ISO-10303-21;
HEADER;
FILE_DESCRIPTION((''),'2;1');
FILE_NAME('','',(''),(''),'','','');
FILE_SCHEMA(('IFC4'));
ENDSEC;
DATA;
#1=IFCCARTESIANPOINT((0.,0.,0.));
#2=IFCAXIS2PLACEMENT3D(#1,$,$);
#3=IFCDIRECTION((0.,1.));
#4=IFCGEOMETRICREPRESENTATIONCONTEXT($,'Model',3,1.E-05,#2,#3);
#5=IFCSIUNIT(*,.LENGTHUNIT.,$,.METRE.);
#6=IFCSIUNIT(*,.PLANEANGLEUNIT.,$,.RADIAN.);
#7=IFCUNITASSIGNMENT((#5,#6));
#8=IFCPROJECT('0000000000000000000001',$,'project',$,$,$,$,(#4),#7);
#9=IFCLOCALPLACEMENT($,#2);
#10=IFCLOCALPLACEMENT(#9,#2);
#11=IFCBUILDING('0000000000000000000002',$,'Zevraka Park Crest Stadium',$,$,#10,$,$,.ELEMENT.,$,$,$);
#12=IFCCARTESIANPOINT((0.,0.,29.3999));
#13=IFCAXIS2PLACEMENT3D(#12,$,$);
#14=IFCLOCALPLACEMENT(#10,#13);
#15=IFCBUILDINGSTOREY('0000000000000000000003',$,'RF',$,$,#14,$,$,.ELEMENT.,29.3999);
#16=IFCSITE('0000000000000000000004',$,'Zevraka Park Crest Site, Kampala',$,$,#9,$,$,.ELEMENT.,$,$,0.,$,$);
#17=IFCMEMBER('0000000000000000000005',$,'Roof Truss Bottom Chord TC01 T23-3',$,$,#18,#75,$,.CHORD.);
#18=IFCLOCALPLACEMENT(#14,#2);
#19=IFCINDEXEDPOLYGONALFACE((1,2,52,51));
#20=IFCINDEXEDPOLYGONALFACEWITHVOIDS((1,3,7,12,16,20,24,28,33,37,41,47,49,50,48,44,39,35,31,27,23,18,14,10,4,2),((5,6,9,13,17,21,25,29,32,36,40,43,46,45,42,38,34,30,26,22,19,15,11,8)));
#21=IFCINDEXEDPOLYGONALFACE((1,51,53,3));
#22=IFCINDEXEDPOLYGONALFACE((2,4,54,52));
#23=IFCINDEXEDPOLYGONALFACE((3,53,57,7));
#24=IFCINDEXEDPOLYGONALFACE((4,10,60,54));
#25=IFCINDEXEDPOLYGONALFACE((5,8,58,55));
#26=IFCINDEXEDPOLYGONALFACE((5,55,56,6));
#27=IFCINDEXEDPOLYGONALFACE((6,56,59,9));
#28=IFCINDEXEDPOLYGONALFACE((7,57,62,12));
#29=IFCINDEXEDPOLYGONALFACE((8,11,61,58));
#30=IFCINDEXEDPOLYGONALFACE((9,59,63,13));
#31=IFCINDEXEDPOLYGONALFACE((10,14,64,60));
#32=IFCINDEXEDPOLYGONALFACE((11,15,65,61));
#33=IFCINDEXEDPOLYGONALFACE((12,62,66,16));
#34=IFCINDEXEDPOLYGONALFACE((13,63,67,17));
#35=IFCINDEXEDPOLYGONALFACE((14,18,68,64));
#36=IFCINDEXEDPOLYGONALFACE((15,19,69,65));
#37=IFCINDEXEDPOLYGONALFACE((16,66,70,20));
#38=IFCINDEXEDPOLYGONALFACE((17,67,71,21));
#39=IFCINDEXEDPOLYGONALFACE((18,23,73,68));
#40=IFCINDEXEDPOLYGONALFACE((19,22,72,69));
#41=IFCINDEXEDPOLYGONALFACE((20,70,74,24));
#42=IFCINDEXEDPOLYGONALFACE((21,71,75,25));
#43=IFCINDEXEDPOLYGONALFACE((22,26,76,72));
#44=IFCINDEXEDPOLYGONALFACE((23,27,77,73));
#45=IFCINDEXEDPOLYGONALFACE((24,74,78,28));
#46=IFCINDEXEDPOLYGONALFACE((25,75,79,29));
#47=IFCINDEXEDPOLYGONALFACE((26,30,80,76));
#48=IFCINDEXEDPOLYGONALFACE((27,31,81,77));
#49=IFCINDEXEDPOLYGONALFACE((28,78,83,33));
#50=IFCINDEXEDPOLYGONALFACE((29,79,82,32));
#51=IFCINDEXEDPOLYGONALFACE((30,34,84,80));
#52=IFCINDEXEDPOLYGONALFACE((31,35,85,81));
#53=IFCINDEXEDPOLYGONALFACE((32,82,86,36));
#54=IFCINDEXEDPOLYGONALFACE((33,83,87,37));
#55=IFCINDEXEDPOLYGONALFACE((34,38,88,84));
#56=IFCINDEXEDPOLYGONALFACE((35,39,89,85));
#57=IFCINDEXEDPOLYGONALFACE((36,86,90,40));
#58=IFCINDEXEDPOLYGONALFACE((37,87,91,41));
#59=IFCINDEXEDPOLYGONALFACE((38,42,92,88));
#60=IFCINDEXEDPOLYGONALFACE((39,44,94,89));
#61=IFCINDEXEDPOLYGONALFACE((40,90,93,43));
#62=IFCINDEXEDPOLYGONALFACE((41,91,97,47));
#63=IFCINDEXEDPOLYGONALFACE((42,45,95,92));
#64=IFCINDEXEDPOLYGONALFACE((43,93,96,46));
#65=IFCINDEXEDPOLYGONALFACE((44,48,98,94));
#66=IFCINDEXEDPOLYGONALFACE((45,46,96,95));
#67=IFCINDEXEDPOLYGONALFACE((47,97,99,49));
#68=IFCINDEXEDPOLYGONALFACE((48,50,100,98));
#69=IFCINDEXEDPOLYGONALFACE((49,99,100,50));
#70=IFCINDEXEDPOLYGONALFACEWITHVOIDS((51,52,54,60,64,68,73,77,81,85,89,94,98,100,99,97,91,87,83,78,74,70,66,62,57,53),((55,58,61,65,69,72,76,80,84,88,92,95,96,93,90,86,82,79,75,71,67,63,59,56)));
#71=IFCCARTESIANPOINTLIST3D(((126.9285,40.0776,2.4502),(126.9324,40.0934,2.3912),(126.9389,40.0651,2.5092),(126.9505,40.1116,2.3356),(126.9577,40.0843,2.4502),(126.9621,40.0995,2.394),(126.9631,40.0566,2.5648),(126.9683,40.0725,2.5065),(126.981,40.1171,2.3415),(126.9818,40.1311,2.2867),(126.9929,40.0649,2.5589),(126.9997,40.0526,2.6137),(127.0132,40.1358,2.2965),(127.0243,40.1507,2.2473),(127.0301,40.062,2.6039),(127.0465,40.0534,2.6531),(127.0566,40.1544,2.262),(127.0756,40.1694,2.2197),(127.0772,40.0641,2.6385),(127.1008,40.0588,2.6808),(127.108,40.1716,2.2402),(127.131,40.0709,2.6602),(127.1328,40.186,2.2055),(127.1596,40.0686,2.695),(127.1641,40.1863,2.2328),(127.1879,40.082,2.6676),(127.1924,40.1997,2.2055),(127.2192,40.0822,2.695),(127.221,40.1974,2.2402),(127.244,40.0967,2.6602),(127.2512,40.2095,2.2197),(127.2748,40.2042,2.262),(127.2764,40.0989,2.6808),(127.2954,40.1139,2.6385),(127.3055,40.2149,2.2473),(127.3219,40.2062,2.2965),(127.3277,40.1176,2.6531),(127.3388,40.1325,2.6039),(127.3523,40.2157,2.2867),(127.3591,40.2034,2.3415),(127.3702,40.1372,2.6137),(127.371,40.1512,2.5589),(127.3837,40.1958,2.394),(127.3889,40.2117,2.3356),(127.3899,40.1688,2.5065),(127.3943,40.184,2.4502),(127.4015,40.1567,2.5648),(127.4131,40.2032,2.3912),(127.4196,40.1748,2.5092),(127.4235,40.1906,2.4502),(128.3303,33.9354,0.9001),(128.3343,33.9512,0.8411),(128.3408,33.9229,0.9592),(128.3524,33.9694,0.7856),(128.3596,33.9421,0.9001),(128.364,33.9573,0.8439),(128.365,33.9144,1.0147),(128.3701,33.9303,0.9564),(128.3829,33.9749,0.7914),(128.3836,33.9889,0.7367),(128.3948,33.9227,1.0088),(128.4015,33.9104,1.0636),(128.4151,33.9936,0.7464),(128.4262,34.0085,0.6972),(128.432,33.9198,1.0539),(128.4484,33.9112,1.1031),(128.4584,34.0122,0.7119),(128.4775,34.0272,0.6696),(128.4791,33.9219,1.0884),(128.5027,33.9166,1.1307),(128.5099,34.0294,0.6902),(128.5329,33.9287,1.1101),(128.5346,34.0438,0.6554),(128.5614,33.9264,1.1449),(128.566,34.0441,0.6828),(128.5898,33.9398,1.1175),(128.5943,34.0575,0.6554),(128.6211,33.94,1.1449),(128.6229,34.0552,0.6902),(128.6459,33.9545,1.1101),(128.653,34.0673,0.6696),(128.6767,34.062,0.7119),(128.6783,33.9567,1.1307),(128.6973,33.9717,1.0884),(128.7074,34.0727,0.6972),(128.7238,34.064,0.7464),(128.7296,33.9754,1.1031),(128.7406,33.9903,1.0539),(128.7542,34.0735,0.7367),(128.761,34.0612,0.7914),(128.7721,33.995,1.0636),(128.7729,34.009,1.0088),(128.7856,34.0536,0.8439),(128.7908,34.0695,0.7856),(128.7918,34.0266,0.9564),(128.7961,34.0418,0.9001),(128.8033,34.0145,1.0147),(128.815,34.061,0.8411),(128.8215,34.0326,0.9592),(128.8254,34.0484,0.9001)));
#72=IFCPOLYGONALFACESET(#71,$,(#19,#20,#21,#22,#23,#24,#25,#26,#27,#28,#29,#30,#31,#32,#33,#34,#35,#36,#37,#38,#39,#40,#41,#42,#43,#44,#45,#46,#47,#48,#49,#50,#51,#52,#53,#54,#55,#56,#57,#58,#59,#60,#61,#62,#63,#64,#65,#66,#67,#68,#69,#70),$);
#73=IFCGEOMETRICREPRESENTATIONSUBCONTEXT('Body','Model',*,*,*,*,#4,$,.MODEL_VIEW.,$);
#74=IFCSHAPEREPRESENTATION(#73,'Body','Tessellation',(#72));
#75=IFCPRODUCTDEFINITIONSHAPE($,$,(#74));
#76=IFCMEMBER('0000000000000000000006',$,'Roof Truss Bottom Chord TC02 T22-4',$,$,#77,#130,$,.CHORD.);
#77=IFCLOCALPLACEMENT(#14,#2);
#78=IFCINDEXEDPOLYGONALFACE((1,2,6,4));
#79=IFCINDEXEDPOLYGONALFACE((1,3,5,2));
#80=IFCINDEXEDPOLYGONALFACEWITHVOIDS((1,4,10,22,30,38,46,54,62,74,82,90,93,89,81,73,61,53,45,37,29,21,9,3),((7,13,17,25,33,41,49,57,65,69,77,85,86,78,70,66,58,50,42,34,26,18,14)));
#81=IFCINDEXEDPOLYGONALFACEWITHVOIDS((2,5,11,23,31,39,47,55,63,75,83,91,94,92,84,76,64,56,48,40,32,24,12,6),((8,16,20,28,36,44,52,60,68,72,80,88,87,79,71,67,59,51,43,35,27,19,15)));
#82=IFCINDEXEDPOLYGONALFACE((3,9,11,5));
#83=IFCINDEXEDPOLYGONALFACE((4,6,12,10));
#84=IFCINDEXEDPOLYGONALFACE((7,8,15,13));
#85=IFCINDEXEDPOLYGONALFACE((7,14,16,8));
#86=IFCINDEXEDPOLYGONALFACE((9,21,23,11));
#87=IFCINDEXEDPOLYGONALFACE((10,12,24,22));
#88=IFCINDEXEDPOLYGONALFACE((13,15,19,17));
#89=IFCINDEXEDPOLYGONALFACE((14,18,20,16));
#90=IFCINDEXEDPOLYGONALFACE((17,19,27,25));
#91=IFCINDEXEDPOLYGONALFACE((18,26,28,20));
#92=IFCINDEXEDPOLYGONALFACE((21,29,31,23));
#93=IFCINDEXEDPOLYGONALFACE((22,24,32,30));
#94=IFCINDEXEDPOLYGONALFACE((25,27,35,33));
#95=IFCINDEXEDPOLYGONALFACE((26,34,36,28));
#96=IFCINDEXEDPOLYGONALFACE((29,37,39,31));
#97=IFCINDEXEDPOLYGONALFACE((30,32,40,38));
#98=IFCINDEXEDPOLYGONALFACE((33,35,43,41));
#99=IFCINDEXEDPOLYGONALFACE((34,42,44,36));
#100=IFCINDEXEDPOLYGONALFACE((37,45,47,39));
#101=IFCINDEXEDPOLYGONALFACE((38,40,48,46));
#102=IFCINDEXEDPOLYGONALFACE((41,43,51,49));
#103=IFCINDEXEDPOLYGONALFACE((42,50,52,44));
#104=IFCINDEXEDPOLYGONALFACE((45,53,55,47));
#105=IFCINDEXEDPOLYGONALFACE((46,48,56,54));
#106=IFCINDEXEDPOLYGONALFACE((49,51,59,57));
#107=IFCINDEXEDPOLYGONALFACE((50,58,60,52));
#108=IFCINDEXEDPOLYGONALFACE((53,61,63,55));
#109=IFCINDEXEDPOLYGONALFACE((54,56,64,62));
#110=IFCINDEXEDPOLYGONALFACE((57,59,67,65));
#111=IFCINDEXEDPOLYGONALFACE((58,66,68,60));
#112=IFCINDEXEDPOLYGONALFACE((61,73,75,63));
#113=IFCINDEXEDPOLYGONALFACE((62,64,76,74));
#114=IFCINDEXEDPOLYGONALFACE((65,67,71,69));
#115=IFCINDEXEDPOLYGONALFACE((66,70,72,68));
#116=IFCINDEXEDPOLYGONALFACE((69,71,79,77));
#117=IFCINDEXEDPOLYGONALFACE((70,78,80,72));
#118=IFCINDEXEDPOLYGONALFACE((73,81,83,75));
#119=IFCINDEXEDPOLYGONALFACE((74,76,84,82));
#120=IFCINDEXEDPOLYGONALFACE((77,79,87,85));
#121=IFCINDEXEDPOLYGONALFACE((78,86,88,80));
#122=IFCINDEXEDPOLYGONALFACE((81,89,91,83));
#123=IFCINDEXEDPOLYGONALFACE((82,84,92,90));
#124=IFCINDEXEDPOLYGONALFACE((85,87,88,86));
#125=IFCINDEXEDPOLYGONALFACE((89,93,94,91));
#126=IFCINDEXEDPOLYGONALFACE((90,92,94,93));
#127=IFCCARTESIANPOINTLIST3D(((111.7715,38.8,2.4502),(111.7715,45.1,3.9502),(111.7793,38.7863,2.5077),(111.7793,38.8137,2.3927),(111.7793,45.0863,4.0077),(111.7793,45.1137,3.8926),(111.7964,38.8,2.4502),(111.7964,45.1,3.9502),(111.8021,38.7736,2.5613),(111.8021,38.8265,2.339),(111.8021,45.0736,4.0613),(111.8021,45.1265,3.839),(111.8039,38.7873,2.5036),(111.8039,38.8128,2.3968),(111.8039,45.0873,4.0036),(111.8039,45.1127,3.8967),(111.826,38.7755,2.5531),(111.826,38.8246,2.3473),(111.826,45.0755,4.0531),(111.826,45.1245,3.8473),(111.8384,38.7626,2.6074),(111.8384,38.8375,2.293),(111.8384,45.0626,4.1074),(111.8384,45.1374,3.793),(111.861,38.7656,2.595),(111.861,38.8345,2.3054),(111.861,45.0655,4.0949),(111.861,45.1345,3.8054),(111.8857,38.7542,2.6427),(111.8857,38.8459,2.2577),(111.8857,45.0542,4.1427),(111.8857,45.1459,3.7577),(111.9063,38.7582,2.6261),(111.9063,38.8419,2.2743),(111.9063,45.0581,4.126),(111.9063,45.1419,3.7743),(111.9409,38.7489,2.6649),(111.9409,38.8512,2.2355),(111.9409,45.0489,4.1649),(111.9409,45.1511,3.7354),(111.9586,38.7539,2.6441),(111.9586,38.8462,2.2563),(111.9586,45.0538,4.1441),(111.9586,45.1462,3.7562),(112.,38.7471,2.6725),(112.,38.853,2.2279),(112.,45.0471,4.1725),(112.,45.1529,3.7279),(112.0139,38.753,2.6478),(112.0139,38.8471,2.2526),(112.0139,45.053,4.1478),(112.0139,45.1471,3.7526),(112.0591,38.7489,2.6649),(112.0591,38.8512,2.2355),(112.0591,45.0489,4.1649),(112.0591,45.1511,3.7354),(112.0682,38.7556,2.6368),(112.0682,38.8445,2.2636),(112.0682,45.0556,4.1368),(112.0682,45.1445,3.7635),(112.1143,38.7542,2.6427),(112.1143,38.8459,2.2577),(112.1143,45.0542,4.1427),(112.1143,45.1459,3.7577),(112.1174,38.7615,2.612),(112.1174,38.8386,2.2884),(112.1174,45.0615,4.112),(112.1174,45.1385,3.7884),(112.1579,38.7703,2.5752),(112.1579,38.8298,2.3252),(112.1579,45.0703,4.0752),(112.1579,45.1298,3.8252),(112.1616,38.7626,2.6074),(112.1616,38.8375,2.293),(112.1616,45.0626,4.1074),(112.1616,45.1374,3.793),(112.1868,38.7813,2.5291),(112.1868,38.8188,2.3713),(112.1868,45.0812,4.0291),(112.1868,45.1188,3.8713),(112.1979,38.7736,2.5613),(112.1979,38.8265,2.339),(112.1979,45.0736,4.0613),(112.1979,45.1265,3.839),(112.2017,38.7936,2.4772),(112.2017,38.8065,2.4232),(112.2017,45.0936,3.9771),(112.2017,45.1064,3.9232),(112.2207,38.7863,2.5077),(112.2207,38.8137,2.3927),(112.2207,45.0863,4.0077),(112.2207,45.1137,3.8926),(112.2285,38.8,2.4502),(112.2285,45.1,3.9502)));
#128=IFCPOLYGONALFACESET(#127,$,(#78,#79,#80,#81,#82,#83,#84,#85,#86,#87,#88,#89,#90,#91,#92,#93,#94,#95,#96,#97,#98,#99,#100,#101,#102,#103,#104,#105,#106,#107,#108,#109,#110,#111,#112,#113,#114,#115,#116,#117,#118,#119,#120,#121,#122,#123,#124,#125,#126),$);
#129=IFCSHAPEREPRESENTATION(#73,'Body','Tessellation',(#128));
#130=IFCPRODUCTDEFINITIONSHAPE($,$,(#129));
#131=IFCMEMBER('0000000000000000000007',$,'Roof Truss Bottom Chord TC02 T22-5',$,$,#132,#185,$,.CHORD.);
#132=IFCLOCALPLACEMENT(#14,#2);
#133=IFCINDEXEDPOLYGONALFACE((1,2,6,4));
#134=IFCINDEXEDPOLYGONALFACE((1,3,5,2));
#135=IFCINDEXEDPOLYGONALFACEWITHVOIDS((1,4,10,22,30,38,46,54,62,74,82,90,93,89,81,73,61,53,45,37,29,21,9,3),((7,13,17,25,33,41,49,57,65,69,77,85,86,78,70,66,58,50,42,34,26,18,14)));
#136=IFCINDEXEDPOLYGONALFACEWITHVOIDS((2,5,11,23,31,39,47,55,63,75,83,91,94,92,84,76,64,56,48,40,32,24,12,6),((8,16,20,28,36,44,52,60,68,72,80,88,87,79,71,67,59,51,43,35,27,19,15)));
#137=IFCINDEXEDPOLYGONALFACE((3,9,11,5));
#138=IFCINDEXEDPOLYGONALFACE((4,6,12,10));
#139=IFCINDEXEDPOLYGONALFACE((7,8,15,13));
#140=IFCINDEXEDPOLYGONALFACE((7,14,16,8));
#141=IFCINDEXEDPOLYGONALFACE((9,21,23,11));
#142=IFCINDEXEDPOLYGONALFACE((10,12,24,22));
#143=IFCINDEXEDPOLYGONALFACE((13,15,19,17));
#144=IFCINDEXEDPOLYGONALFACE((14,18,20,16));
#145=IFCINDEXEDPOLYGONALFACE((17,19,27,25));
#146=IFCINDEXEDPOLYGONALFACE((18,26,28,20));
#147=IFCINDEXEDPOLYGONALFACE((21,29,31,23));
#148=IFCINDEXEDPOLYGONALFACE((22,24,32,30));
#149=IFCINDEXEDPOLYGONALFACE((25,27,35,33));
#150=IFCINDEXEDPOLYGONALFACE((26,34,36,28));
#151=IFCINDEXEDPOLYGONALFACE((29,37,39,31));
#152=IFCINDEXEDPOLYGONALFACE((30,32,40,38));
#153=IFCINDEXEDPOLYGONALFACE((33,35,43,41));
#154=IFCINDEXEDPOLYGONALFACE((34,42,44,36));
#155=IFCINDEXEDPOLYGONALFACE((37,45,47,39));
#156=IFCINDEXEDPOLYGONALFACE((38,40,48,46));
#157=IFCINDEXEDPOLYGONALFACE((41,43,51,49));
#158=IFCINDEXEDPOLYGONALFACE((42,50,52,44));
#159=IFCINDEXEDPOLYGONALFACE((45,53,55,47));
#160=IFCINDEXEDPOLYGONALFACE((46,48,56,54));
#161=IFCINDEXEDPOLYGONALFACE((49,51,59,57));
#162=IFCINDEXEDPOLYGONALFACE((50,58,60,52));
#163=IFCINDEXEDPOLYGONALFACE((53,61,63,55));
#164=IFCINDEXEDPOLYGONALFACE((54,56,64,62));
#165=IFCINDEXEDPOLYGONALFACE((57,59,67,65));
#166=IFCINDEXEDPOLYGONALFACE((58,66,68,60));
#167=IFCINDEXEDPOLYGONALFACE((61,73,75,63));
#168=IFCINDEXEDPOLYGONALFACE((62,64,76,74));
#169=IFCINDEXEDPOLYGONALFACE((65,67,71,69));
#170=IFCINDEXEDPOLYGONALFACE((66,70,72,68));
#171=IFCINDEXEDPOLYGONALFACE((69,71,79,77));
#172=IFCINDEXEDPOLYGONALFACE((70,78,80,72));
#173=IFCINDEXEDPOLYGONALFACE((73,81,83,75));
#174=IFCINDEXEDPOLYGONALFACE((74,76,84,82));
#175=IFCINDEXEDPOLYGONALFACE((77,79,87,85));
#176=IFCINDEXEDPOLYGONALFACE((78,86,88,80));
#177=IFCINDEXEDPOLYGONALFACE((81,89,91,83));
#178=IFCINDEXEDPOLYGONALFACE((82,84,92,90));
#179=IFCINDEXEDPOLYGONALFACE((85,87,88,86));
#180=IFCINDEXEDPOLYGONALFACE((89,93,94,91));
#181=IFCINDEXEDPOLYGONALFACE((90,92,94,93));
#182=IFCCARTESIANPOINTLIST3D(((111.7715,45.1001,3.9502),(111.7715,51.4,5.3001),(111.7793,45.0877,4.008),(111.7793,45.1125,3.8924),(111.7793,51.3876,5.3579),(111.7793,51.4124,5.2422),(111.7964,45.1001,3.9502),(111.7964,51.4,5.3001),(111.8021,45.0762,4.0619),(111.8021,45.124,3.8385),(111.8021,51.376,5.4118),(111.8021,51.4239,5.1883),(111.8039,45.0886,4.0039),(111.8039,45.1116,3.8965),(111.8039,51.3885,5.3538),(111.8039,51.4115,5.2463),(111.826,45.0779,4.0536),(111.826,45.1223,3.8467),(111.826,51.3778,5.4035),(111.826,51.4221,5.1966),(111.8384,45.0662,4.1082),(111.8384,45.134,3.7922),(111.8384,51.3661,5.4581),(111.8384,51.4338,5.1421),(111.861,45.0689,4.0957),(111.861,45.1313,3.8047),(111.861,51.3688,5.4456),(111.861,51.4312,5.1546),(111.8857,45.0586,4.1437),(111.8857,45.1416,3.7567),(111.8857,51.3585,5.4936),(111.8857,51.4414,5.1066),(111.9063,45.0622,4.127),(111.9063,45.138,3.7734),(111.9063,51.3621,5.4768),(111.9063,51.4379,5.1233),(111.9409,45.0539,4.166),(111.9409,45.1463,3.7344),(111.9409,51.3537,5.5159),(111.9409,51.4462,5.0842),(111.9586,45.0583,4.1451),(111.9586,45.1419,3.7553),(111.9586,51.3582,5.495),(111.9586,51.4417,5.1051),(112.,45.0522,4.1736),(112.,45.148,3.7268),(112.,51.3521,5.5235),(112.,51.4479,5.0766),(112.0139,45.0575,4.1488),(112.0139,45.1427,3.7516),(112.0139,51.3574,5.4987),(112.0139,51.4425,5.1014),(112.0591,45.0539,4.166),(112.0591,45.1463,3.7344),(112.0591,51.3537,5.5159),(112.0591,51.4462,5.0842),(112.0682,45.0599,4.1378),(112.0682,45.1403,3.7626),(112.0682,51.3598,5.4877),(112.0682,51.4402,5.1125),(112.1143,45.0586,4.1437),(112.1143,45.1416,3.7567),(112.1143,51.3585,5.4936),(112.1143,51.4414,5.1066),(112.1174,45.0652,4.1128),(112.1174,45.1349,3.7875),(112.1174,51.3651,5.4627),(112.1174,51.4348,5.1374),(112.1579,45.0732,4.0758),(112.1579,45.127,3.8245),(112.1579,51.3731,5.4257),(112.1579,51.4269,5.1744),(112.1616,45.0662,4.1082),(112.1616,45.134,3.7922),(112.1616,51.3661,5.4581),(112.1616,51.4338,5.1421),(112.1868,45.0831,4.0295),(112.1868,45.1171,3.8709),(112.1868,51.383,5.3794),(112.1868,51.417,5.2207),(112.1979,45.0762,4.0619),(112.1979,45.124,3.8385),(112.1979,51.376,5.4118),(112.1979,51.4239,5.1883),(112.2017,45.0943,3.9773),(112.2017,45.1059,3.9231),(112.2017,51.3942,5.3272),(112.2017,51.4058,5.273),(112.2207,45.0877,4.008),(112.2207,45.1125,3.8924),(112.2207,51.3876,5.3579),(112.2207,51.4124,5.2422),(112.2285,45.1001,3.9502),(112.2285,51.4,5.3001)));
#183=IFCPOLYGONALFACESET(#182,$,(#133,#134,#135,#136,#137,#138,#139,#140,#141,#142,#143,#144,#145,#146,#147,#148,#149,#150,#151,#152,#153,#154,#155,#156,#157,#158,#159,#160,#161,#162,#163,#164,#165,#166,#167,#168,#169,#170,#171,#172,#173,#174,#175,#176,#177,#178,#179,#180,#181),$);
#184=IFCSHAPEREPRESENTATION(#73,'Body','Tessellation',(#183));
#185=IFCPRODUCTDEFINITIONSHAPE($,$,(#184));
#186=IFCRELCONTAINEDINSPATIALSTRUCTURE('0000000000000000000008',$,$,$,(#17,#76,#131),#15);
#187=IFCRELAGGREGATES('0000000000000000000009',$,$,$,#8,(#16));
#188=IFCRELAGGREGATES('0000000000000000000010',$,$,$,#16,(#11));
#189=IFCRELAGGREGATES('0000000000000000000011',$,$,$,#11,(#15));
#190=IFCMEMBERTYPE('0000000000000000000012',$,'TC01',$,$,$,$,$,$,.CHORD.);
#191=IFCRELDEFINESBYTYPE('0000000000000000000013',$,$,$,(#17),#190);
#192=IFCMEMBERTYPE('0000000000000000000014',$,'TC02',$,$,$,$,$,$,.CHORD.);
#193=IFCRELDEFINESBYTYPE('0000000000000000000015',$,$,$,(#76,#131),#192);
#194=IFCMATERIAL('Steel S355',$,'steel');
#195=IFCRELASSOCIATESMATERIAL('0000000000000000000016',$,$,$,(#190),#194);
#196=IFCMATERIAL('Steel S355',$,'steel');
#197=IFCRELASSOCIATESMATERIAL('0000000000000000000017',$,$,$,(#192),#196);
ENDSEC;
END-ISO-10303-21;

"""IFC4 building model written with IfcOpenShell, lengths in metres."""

from ifc_helpers import new_model, si_unit, direction, frame, origin, origin_2d, place, context, subcontext, project, spatial, hollow_circle, extrude, material, material_profile, profile_set, type_object, element, save


model = new_model("IFC4")

# Units and contexts
model_context = context("Model", 3, precision=1e-05, world=origin(), true_north=direction((0.0, 1.0)))
body_context = subcontext(model_context, "Body", "Model", "MODEL_VIEW")
ifc_project = project(units=[si_unit("LENGTHUNIT", "METRE"), si_unit("PLANEANGLEUNIT", "RADIAN")], contexts=[model_context])

# Site, building, storey
site_placement = place(None, origin())
site = spatial("IfcSite", under=ifc_project, at=site_placement, Name="Zevraka Park Crest Site, Kampala", CompositionType="ELEMENT", RefElevation=0.0)
building_placement = place(site_placement, origin())
building = spatial("IfcBuilding", under=site, at=building_placement, Name="Zevraka Park Crest Stadium", CompositionType="ELEMENT")
storey_placement = place(building_placement, frame((0.0, 0.0, 29.3999)))
storey = spatial("IfcBuildingStorey", under=building, at=storey_placement, Name="RF", CompositionType="ELEMENT", Elevation=29.3999)

# Members
ifc_material_1 = material(Name="Steel S355", Category="steel")
ifc_material_profile_1 = material_profile(ifc_material_1, hollow_circle(Radius=0.2539, WallThickness=0.03, at=origin_2d()), Name="CHS 508.0x30")
ifc_profile_set_1 = profile_set([ifc_material_profile_1], Name="Steel S355")
member_type_1 = type_object("IfcMemberType", Name="TC01", PredefinedType="CHORD", material=ifc_profile_set_1)
for number, where, z_axis, x_axis, name in (
    (1, (128.5779, 33.9919, 0.9001), (-0.216072, 0.946696, 0.238913), (-0.974929, -0.222515, 0.0), "Roof Truss Bottom Chord TC01 T23-3"),
):
    element("IfcMember", number, at=place(storey_placement, frame(where, z_axis=z_axis, x_axis=x_axis)), inside=storey, type_object=member_type_1, Name=name, PredefinedType="CHORD", context=body_context, shape_type="SweptSolid", body=[
        extrude(hollow_circle(Radius=0.2539, WallThickness=0.03, at=origin_2d()), origin(), (0.0, 0.0, 1.0), 6.488),
    ])
ifc_material_2 = material(Name="Steel S355", Category="steel")
ifc_material_profile_2 = material_profile(ifc_material_2, hollow_circle(Radius=0.2285, WallThickness=0.0249, at=origin_2d()), Name="CHS 457.0x25")
ifc_profile_set_2 = profile_set([ifc_material_profile_2], Name="Steel S355")
member_type_2 = type_object("IfcMemberType", Name="TC02", PredefinedType="CHORD", material=ifc_profile_set_2)
member_1_placement = place(storey_placement, frame((112.0, 38.8, 2.4502), z_axis=(0.0, 0.972807, 0.231619), x_axis=(-1.0, 0.0, 0.0)))
element("IfcMember", 2, at=member_1_placement, inside=storey, type_object=member_type_2, Name="Roof Truss Bottom Chord TC02 T22-4", PredefinedType="CHORD", context=body_context, shape_type="SweptSolid", body=[
    extrude(hollow_circle(Radius=0.2285, WallThickness=0.0249, at=origin_2d()), origin(), (0.0, 0.0, 1.0), 6.4761),
])
member_2_placement = place(storey_placement, frame((112.0, 45.1001, 3.9502), z_axis=(0.0, 0.977806, 0.209514), x_axis=(-1.0, 0.0, 0.0)))
element("IfcMember", 3, at=member_2_placement, inside=storey, type_object=member_type_2, Name="Roof Truss Bottom Chord TC02 T22-5", PredefinedType="CHORD", context=body_context, shape_type="SweptSolid", body=[
    extrude(hollow_circle(Radius=0.2285, WallThickness=0.0249, at=origin_2d()), origin(), (0.0, 0.0, 1.0), 6.4429),
])

save(model, "model.ifc")
